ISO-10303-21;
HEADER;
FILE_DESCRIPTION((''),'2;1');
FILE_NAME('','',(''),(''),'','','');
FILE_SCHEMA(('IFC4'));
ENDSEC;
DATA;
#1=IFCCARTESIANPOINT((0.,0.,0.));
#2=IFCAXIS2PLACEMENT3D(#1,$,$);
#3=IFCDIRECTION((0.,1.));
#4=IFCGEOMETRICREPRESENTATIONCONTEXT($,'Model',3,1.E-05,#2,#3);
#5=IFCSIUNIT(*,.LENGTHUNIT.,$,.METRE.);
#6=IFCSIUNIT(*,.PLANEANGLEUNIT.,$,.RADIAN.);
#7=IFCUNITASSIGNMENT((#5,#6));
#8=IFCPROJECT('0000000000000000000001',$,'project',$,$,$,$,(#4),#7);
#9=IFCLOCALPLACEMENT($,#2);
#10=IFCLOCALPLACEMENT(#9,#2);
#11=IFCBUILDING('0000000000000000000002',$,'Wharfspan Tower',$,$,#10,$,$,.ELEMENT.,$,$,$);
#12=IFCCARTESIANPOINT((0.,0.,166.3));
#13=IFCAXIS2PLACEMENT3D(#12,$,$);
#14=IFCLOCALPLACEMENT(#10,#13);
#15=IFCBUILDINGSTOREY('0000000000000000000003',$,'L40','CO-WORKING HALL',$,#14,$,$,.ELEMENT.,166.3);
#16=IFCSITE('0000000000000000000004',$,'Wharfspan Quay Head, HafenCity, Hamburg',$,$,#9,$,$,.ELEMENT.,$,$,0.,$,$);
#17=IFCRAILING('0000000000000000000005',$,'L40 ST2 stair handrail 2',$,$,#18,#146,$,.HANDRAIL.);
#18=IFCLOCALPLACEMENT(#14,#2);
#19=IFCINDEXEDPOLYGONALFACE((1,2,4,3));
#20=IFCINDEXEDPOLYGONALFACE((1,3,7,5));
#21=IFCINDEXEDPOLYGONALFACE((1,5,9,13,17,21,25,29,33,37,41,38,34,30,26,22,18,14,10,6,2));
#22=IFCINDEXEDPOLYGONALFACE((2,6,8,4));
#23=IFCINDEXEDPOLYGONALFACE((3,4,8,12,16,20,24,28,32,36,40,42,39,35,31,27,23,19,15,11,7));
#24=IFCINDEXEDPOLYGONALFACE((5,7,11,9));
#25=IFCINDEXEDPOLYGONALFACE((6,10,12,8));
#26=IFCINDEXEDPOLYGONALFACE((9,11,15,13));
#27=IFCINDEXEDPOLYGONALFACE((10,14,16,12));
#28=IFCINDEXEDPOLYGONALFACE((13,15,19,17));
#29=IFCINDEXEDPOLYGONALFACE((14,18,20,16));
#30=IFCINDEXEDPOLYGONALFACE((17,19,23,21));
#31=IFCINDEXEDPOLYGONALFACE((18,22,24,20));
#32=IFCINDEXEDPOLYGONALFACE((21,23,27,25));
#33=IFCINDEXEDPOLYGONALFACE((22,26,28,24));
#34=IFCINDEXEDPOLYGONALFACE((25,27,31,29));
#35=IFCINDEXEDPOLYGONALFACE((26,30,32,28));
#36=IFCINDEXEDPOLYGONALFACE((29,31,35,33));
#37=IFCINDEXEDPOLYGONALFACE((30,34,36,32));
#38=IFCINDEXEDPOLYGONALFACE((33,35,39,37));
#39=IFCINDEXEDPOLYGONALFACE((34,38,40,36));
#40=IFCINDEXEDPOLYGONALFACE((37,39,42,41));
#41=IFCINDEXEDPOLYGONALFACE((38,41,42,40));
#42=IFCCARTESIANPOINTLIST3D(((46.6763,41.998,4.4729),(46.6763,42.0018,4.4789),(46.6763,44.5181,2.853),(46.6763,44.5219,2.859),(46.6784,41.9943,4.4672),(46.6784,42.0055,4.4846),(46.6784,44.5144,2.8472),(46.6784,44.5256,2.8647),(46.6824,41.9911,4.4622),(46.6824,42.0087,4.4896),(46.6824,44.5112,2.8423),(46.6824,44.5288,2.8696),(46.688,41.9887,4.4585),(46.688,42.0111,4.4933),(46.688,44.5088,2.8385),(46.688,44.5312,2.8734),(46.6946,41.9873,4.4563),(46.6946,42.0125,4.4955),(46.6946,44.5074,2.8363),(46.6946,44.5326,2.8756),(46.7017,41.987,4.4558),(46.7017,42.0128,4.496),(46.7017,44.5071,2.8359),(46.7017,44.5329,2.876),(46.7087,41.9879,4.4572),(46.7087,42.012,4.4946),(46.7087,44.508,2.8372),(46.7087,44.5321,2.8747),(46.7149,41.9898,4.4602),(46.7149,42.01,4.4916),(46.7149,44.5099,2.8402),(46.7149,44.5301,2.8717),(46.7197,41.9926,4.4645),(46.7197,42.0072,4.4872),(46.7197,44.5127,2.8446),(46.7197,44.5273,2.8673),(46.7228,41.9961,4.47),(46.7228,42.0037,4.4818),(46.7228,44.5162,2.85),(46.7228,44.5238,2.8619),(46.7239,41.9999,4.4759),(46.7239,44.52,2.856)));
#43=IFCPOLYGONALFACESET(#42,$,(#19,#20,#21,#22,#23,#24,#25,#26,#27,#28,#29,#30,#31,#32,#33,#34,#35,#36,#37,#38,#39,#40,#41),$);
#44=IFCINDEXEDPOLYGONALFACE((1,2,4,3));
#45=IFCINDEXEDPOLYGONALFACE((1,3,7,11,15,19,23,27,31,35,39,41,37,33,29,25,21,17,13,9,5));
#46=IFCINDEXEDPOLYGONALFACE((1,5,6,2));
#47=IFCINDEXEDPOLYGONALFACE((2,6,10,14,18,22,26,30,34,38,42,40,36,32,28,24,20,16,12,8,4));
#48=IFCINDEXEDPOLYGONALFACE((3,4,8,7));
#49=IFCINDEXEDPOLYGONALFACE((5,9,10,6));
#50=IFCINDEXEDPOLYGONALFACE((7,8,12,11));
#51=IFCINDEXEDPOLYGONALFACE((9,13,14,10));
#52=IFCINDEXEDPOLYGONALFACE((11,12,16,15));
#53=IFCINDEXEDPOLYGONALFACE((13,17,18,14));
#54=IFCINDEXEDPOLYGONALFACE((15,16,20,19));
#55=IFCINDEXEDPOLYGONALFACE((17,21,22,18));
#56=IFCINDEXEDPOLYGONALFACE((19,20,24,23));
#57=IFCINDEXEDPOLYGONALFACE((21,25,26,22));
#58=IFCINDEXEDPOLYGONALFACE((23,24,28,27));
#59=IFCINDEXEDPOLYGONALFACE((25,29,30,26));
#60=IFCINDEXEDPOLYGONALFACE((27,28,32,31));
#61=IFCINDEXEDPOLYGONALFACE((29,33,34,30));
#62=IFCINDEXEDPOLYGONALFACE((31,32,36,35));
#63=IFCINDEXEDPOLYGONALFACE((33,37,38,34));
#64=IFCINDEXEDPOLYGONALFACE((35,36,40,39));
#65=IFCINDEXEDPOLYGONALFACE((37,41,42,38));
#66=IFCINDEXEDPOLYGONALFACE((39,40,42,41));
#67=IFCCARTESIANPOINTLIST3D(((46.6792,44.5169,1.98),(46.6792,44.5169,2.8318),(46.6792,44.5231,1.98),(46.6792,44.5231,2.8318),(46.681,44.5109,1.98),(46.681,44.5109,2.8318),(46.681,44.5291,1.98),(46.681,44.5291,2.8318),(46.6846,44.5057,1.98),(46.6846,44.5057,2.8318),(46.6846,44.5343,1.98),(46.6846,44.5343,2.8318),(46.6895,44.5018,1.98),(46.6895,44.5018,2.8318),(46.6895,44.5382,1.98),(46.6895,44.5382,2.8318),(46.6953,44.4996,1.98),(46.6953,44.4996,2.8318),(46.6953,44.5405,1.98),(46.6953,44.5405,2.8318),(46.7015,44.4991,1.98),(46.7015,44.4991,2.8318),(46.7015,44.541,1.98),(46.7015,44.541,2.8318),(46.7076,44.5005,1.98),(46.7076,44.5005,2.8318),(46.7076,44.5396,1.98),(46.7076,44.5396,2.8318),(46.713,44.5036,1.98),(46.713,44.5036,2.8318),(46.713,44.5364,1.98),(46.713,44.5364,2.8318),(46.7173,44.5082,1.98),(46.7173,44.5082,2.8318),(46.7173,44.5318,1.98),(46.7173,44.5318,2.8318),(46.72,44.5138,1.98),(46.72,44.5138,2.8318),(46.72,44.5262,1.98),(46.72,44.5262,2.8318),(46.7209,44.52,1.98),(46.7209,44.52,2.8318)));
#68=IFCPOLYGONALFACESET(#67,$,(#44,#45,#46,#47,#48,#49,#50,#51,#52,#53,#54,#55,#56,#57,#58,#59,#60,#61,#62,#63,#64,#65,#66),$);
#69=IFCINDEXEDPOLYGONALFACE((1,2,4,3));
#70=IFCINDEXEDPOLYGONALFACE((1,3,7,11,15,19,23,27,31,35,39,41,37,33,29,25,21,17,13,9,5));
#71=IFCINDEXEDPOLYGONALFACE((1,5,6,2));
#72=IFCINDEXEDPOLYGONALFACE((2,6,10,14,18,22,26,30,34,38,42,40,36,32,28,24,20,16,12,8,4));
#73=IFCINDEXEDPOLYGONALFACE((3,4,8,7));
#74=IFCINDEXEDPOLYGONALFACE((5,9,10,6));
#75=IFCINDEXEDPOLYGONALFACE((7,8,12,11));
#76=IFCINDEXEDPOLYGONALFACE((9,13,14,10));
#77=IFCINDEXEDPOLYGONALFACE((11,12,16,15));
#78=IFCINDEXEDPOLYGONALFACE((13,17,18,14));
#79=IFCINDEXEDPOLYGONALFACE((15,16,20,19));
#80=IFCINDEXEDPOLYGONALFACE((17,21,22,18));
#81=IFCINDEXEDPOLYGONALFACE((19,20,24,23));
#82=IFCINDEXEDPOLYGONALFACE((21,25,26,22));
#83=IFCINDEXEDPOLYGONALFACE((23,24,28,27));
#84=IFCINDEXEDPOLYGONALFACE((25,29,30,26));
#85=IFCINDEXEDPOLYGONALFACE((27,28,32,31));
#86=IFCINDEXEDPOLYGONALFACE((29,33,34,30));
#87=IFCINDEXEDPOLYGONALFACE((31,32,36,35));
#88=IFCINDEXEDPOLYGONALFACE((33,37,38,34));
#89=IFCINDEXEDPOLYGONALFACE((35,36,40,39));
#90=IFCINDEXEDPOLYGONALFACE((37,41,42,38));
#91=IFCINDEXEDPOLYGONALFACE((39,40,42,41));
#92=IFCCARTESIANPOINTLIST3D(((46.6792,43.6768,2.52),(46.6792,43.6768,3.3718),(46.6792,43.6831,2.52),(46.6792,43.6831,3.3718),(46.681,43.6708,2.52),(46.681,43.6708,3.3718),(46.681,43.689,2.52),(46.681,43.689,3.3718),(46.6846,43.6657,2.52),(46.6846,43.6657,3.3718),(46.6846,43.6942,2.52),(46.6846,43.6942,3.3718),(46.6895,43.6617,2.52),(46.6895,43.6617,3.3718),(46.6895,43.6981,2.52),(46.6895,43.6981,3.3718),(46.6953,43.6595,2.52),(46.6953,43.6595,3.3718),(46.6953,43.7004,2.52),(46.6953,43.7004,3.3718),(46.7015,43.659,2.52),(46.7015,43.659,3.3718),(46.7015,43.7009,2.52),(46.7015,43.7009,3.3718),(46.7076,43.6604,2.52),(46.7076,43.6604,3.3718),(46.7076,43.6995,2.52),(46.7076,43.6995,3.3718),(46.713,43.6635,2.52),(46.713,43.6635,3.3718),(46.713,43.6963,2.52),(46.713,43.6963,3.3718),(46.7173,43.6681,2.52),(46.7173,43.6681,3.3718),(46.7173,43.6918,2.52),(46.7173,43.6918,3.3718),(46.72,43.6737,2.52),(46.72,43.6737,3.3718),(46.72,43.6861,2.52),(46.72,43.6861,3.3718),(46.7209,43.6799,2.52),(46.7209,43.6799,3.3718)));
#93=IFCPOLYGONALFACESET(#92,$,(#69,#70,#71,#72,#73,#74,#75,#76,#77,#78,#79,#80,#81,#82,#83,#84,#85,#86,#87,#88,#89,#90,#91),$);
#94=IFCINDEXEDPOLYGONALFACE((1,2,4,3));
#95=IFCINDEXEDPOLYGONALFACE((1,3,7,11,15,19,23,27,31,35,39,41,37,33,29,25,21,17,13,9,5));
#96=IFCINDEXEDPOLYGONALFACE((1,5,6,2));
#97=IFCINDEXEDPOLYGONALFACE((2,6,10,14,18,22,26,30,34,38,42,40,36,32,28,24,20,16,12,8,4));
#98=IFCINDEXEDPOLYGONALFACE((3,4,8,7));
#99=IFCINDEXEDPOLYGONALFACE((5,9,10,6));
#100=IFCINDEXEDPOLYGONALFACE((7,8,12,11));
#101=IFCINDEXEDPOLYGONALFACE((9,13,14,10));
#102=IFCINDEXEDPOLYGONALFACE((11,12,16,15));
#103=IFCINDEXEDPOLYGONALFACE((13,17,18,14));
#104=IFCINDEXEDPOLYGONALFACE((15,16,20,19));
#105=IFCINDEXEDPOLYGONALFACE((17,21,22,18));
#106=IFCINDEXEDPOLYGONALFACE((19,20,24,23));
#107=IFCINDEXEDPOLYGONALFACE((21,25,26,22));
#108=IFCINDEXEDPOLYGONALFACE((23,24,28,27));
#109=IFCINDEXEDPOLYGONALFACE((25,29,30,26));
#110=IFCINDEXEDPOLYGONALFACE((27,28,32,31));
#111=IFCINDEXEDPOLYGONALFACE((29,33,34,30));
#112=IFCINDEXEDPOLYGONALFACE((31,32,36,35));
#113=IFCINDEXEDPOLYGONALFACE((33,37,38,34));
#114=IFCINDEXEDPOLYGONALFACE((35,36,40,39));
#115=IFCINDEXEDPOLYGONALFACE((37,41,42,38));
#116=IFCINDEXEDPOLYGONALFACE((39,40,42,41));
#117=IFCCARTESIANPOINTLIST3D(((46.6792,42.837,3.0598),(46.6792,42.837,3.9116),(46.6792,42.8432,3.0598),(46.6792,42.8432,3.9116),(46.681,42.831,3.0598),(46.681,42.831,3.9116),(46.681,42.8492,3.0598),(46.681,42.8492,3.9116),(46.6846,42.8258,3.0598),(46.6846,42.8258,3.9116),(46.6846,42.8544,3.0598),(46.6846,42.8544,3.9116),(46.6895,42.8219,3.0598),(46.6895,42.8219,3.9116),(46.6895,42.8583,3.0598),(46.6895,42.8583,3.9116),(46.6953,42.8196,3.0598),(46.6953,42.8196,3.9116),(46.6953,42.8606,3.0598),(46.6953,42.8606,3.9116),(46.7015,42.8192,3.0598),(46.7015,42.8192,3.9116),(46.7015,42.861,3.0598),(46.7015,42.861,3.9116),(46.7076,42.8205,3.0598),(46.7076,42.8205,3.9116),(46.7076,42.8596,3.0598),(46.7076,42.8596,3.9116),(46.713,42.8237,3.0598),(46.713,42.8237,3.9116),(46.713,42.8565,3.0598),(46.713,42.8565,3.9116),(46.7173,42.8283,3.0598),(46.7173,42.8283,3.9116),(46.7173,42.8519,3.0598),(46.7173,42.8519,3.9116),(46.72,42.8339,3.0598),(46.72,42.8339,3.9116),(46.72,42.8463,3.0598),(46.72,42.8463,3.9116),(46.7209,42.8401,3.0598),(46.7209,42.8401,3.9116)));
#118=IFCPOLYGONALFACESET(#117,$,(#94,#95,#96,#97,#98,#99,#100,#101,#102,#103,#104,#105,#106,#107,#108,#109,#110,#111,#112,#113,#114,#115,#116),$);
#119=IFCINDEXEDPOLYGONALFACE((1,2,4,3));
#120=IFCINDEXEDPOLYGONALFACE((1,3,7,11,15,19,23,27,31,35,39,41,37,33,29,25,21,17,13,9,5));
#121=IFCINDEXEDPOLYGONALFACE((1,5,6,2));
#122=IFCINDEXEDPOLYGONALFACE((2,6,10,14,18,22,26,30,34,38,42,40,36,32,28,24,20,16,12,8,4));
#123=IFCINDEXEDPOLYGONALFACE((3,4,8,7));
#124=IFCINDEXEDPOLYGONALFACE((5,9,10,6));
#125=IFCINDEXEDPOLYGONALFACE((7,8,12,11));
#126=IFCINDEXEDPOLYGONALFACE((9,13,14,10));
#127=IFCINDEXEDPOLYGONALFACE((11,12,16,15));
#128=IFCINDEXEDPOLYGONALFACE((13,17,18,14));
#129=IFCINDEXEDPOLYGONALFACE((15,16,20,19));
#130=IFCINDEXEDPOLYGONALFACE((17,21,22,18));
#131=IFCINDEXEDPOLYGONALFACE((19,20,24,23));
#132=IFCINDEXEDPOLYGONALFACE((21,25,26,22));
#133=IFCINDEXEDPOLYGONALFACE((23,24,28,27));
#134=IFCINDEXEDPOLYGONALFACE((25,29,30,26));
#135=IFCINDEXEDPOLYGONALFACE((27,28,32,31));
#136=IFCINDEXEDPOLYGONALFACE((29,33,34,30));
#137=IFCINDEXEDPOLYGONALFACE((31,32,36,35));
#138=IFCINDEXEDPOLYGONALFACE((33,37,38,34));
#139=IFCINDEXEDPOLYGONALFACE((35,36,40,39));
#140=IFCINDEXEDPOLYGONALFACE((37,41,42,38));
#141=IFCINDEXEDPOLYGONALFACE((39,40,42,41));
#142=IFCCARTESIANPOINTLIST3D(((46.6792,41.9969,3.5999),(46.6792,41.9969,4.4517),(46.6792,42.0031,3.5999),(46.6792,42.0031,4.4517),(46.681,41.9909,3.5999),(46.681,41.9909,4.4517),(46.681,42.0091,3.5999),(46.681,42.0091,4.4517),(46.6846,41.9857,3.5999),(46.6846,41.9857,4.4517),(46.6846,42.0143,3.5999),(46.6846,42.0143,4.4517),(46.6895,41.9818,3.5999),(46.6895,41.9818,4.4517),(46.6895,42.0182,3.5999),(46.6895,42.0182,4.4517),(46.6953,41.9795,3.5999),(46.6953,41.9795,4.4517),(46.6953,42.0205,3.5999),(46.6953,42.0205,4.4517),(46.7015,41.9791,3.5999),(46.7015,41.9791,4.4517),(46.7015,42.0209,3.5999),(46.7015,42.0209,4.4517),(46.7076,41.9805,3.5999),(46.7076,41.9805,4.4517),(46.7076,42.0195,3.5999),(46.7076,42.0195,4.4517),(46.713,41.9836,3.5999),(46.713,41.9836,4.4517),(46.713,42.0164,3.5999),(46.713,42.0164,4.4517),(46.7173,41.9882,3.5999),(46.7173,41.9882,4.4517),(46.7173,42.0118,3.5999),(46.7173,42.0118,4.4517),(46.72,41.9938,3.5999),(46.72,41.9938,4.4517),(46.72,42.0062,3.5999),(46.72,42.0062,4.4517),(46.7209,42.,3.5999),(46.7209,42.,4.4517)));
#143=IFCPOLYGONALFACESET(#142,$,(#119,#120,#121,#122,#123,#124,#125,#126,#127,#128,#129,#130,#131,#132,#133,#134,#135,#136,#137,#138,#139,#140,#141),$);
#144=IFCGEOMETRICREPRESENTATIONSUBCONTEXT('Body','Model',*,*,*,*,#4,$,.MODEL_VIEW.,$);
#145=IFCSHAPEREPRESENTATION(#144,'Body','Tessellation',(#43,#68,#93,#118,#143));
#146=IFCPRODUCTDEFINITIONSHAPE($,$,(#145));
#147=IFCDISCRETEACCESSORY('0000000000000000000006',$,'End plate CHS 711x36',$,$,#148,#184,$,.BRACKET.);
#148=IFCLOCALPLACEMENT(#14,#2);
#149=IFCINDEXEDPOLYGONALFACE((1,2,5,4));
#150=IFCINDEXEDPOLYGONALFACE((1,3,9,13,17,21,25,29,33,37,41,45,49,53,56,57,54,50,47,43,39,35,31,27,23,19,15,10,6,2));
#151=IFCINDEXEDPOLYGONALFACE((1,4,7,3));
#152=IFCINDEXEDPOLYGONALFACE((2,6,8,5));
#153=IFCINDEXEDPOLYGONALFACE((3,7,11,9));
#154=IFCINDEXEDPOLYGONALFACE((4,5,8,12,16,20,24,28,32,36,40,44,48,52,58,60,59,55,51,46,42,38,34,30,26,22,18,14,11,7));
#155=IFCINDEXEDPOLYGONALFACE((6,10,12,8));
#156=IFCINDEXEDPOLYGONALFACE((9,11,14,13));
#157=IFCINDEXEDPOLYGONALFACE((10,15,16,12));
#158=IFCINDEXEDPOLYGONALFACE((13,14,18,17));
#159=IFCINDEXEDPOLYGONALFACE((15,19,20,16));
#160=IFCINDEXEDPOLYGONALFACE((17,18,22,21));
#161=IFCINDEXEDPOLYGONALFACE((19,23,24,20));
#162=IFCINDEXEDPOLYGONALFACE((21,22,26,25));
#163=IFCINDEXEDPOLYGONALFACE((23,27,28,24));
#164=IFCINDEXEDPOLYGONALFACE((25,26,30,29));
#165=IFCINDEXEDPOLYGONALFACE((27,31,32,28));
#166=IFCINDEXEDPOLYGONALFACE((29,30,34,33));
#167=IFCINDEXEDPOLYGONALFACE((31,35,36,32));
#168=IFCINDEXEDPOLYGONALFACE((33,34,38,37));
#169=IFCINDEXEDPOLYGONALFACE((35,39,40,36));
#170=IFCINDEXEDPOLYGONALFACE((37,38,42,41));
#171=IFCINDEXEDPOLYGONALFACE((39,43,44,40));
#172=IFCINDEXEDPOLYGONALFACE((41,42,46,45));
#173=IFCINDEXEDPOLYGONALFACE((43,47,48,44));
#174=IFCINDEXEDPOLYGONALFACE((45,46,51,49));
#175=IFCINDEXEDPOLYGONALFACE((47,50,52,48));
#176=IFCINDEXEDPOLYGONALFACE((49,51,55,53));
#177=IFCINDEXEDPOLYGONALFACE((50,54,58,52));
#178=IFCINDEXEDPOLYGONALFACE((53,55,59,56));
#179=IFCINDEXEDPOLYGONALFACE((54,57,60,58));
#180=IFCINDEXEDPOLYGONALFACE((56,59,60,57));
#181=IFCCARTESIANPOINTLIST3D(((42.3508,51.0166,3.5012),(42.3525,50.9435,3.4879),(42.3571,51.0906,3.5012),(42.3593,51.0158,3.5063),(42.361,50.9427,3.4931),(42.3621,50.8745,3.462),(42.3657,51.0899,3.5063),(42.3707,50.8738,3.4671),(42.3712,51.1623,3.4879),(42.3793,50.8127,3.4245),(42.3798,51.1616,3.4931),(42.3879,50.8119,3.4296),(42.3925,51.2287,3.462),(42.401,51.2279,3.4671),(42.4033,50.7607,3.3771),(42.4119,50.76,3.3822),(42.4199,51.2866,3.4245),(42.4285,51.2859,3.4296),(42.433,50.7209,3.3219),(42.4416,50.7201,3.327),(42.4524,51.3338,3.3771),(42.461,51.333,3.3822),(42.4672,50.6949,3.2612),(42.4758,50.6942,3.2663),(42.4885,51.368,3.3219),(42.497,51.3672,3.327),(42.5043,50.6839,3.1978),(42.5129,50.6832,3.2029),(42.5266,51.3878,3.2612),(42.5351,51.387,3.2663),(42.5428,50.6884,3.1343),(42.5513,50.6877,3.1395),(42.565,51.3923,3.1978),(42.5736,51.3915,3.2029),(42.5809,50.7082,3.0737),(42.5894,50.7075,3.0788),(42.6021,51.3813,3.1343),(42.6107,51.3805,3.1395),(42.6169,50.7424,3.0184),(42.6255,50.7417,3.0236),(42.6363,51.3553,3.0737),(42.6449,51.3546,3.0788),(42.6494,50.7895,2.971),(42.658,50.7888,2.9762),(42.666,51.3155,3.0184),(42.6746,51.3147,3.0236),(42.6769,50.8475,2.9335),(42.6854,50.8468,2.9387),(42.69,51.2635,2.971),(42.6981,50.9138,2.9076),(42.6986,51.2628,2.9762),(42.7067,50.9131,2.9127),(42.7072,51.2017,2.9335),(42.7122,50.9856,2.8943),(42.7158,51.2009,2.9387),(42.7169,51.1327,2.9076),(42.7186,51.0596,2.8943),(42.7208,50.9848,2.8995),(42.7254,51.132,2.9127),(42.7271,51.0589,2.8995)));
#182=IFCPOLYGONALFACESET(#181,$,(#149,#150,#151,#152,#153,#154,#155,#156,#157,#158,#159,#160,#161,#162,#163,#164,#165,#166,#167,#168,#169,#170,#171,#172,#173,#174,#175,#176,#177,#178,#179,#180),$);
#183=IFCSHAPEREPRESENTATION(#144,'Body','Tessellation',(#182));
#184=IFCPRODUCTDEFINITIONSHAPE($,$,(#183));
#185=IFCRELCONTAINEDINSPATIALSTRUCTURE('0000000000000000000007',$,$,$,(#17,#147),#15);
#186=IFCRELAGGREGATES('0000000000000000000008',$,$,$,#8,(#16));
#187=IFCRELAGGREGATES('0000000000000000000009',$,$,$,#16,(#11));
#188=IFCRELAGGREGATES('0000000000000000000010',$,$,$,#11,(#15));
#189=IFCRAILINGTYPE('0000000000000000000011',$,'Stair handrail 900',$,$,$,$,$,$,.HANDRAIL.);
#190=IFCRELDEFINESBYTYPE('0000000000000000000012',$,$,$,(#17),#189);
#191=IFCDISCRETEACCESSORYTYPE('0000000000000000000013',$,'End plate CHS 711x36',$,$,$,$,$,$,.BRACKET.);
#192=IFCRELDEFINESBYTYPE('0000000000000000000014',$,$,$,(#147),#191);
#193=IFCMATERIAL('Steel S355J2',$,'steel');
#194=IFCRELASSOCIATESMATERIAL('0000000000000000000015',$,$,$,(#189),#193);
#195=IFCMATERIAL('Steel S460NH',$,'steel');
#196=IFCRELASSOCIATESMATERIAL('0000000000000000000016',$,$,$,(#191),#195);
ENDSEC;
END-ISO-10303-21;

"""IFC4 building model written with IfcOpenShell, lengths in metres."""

from ifc_helpers import new_model, si_unit, direction, frame, origin, origin_2d, place, context, subcontext, project, spatial, circle, extrude, material, material_profile, profile_set, type_object, element, save


model = new_model("IFC4")

# Units and contexts
model_context = context("Model", 3, precision=1e-05, world=origin(), true_north=direction((0.0, 1.0)))
body_context = subcontext(model_context, "Body", "Model", "MODEL_VIEW")
ifc_project = project(units=[si_unit("LENGTHUNIT", "METRE"), si_unit("PLANEANGLEUNIT", "RADIAN")], contexts=[model_context])

# Site, building, storey
site_placement = place(None, origin())
site = spatial("IfcSite", under=ifc_project, at=site_placement, Name="Wharfspan Quay Head, HafenCity, Hamburg", CompositionType="ELEMENT", RefElevation=0.0)
building_placement = place(site_placement, origin())
building = spatial("IfcBuilding", under=site, at=building_placement, Name="Wharfspan Tower", CompositionType="ELEMENT")
storey_placement = place(building_placement, frame((0.0, 0.0, 166.3)))
storey = spatial("IfcBuildingStorey", under=building, at=storey_placement, Name="L40", Description="CO-WORKING HALL", CompositionType="ELEMENT", Elevation=166.3)

# Shared definitions
ifc_material_1 = material(Name="Steel S355J2", Category="steel")

# Shared definitions
ifc_material_2 = material(Name="Steel S460NH", Category="steel")

# Railing
railing_type_1 = type_object("IfcRailingType", Name="Stair handrail 900", PredefinedType="HANDRAIL", material=ifc_material_1)
railing_1_placement = place(storey_placement, frame((46.7, 44.52, 1.98)))
element("IfcRailing", 1, at=railing_1_placement, inside=storey, type_object=railing_type_1, Name="L40 ST2 stair handrail 2", PredefinedType="HANDRAIL", context=body_context, shape_type="SweptSolid", body=[
    extrude(circle(Radius=0.0239, at=origin_2d()), frame((0.0, 0.0, 0.876), z_axis=(0.0, -0.8412, 0.540725), x_axis=(1.0, 0.0, 0.0)), (0.0, 0.0, 1.0), 2.9958),
    extrude(circle(Radius=0.021, at=origin_2d()), origin(), (0.0, 0.0, 1.0), 0.8518),
    extrude(circle(Radius=0.021, at=origin_2d()), frame((0.0, -0.8401, 0.54)), (0.0, 0.0, 1.0), 0.8518),
    extrude(circle(Radius=0.021, at=origin_2d()), frame((0.0, -1.6799, 1.0798)), (0.0, 0.0, 1.0), 0.8518),
    extrude(circle(Radius=0.021, at=origin_2d()), frame((0.0, -2.52, 1.6199)), (0.0, 0.0, 1.0), 0.8518),
])

# Discrete accessory
ifc_material_profile_1 = material_profile(ifc_material_2, circle(Radius=0.3555, at=origin_2d()))
ifc_profile_set_1 = profile_set([ifc_material_profile_1], Name="Steel S460NH")
discrete_accessory_type = type_object("IfcDiscreteAccessoryType", Name="End plate CHS 711x36", PredefinedType="BRACKET", material=ifc_profile_set_1)
for number, where, z_axis, x_axis, name in (
    (2, (42.5347, 51.0381, 3.1978), (0.855186, -0.073302, 0.513112), (0.085402, 0.996345, -0.000001), "End plate CHS 711x36"),
):
    element("IfcDiscreteAccessory", number, at=place(storey_placement, frame(where, z_axis=z_axis, x_axis=x_axis)), inside=storey, type_object=discrete_accessory_type, Name=name, PredefinedType="BRACKET", context=body_context, shape_type="SweptSolid", body=[
        extrude(circle(Radius=0.3555, at=origin_2d()), origin(), (0.0, 0.0, 1.0), 0.01),
    ])

save(model, "model.ifc")
